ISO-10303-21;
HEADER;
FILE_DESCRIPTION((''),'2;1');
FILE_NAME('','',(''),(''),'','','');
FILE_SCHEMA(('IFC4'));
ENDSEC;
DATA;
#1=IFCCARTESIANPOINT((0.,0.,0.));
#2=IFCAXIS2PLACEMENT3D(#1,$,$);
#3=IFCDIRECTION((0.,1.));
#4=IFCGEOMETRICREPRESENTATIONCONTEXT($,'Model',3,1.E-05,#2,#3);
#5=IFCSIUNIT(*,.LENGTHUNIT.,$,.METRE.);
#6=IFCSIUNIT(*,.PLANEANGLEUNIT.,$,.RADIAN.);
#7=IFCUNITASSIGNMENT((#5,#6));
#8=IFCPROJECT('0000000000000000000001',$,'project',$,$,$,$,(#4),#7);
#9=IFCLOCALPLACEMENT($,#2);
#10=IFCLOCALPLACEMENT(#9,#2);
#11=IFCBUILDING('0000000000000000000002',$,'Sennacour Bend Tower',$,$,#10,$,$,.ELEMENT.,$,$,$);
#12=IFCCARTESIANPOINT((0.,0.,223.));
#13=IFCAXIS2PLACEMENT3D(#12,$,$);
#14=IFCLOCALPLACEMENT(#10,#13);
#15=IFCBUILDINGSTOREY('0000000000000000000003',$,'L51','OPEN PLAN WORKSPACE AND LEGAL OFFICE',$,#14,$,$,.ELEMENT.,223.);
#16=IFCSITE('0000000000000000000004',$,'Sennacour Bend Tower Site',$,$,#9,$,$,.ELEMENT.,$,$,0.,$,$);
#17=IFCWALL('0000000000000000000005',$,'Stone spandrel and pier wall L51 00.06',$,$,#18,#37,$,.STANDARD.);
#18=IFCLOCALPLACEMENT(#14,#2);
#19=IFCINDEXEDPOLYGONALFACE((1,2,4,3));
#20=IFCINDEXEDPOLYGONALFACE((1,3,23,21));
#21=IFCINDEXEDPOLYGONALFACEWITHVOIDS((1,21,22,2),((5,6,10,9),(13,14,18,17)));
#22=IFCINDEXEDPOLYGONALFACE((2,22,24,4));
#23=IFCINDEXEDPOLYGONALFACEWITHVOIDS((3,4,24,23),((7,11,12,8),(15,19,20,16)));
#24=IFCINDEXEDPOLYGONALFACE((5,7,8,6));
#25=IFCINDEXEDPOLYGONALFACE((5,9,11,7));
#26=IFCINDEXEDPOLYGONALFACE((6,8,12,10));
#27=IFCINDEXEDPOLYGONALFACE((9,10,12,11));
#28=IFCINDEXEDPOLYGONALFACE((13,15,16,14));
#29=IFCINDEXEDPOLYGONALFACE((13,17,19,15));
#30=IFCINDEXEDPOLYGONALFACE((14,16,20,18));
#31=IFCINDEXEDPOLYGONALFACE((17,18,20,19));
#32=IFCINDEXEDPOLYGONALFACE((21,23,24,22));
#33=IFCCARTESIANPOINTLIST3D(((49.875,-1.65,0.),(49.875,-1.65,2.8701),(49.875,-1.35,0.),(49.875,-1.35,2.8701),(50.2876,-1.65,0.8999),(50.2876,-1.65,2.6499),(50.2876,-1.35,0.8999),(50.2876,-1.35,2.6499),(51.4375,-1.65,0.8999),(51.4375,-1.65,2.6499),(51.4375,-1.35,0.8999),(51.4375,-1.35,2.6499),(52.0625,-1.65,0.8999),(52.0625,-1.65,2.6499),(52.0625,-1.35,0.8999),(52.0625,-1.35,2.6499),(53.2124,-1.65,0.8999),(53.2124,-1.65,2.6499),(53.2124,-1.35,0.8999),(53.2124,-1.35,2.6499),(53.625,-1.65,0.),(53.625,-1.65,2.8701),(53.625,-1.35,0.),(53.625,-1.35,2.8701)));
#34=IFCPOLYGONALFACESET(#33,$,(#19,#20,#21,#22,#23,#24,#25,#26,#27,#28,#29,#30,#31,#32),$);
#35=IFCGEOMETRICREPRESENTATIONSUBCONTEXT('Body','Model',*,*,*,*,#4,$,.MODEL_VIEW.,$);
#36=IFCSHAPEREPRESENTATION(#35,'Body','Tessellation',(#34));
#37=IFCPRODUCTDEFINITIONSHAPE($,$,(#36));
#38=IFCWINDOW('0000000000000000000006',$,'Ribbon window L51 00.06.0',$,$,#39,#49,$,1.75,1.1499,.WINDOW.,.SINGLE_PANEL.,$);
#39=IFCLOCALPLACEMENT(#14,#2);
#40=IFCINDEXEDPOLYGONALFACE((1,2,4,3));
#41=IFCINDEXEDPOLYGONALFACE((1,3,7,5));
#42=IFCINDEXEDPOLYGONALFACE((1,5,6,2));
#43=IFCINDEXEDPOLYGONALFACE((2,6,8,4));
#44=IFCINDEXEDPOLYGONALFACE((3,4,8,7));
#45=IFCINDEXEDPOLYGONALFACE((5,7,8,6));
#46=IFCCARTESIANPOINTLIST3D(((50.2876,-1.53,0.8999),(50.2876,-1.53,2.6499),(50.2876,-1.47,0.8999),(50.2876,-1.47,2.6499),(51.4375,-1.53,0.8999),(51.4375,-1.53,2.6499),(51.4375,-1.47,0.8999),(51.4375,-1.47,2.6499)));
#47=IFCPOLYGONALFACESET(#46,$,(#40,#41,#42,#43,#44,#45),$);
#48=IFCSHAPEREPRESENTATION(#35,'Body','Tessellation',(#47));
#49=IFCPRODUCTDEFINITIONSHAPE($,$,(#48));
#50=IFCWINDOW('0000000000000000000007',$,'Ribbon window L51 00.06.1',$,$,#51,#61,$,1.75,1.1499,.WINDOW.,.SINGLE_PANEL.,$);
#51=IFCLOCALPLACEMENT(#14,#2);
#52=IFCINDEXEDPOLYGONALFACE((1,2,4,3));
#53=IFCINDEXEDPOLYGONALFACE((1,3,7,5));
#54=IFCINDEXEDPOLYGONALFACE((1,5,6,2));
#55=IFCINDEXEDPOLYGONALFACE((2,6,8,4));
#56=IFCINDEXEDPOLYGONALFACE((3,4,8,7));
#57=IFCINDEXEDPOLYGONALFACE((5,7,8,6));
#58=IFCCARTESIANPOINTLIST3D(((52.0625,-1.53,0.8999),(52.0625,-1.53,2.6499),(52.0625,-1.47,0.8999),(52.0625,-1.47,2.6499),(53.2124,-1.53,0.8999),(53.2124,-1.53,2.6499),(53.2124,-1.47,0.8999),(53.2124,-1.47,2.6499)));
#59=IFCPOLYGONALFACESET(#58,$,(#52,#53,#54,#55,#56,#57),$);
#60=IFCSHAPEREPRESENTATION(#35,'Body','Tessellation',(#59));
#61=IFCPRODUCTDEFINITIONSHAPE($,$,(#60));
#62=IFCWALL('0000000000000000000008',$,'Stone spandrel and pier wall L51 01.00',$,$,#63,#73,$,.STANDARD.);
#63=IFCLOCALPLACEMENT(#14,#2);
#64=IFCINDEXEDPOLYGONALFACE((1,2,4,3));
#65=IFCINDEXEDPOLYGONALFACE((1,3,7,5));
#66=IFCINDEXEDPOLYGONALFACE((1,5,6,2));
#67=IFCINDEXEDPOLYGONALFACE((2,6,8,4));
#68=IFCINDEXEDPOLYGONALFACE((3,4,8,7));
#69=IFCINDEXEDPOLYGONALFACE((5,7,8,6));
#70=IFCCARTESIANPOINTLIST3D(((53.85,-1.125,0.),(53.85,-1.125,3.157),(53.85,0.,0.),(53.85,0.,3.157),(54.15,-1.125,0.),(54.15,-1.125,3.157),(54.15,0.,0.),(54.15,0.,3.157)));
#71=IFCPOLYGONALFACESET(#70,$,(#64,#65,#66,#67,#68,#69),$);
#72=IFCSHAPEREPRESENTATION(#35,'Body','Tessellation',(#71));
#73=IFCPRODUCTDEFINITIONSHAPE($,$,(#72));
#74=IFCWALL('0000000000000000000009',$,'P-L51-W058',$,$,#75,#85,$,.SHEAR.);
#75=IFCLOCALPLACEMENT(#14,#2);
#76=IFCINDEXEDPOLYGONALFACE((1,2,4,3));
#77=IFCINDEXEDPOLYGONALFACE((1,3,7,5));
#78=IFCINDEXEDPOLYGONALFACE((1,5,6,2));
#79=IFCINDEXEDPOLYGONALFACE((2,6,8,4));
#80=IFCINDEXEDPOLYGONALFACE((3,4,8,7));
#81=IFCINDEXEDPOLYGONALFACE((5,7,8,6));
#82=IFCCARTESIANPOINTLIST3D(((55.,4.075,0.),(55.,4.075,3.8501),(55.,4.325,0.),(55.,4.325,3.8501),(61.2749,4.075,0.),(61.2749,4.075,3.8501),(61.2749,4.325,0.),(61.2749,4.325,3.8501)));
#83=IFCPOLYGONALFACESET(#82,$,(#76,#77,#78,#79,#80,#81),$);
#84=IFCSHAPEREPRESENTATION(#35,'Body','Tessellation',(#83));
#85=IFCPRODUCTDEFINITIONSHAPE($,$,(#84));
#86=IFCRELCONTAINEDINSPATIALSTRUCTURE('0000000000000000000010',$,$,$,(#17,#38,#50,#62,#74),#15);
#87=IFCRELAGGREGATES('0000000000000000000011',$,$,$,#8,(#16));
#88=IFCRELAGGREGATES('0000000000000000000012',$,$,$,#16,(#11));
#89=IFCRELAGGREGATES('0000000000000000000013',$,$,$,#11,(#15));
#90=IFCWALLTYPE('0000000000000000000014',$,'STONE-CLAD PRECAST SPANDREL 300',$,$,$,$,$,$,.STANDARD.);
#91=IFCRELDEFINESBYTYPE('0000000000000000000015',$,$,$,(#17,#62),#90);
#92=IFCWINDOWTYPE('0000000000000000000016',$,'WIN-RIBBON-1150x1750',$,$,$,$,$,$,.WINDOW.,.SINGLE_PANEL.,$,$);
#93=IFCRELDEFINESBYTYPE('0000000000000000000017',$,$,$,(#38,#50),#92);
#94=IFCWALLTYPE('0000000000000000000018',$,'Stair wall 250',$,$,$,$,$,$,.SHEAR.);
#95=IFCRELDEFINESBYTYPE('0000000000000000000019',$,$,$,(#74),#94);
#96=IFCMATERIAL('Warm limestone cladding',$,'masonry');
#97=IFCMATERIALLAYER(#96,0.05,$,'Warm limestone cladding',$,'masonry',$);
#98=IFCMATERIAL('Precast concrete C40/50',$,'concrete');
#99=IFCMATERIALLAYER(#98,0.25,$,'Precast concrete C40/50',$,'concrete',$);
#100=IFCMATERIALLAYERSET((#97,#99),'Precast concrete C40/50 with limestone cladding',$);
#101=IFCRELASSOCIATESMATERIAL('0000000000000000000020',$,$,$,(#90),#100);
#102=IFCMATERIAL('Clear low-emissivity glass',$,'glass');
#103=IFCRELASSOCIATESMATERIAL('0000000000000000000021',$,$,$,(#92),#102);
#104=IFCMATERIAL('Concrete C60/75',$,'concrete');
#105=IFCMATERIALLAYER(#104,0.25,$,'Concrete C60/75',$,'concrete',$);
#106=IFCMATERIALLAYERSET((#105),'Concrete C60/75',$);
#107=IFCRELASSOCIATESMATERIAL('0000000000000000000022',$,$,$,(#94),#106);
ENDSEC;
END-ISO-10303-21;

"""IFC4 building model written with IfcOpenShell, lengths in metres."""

from ifc_helpers import new_model, si_unit, direction, frame, frame_2d, origin, place, context, subcontext, project, spatial, rectangle, extrude, material, layer, layer_set, type_object, element, fill, save


model = new_model("IFC4")

# Units and contexts
model_context = context("Model", 3, precision=1e-05, world=origin(), true_north=direction((0.0, 1.0)))
body_context = subcontext(model_context, "Body", "Model", "MODEL_VIEW")
ifc_project = project(units=[si_unit("LENGTHUNIT", "METRE"), si_unit("PLANEANGLEUNIT", "RADIAN")], contexts=[model_context])

# Site, building, storey
site_placement = place(None, origin())
site = spatial("IfcSite", under=ifc_project, at=site_placement, Name="Sennacour Bend Tower Site", CompositionType="ELEMENT", RefElevation=0.0)
building_placement = place(site_placement, origin())
building = spatial("IfcBuilding", under=site, at=building_placement, Name="Sennacour Bend Tower", CompositionType="ELEMENT")
storey_placement = place(building_placement, frame((0.0, 0.0, 223.0)))
storey = spatial("IfcBuildingStorey", under=building, at=storey_placement, Name="L51", Description="OPEN PLAN WORKSPACE AND LEGAL OFFICE", CompositionType="ELEMENT", Elevation=223.0)

# Shared definitions
ifc_material_1 = material(Name="Concrete C60/75", Category="concrete")

# Wall, openings, windows
ifc_material_2 = material(Name="Warm limestone cladding", Category="masonry")
ifc_layer_1 = layer(ifc_material_2, 0.05, Name="Warm limestone cladding", Category="masonry")
ifc_material_3 = material(Name="Precast concrete C40/50", Category="concrete")
ifc_layer_2 = layer(ifc_material_3, 0.25, Name="Precast concrete C40/50", Category="concrete")
ifc_layer_set_1 = layer_set([ifc_layer_1, ifc_layer_2], Name="Precast concrete C40/50 with limestone cladding")
wall_type_1 = type_object("IfcWallType", Name="STONE-CLAD PRECAST SPANDREL 300", PredefinedType="STANDARD", material=ifc_layer_set_1)
wall_1_placement = place(storey_placement, frame((49.875, -1.5, 0.0), z_axis=(0.0, 0.0, 1.0), x_axis=(1.0, 0.0, 0.0)))
wall_1 = element("IfcWall", 1, at=wall_1_placement, inside=storey, type_object=wall_type_1, Name="Stone spandrel and pier wall L51 00.06", PredefinedType="STANDARD", context=body_context, shape_type="SweptSolid", body=[
    extrude(rectangle(XDim=3.75, YDim=0.3, at=frame_2d((1.875, 0.0))), origin(), (0.0, 0.0, 1.0), 2.8701),
])
opening_1_placement = place(wall_1_placement, frame((0.4126, 0.0, 0.8999)))
opening_1 = element("IfcOpeningElement", 2, at=opening_1_placement, cuts=wall_1, PredefinedType="OPENING", context=body_context, shape_type="SweptSolid", body=[
    extrude(rectangle(XDim=1.1499, YDim=1.75, at=frame_2d((0.575, 0.875))), frame((0.0, 0.1602, 0.0), z_axis=(0.0, -1.0, 0.0), x_axis=(1.0, 0.0, 0.0)), (0.0, 0.0, 1.0), 0.3201),
])
opening_2_placement = place(wall_1_placement, frame((2.1875, 0.0, 0.8999)))
opening_2 = element("IfcOpeningElement", 3, at=opening_2_placement, cuts=wall_1, PredefinedType="OPENING", context=body_context, shape_type="SweptSolid", body=[
    extrude(rectangle(XDim=1.1499, YDim=1.75, at=frame_2d((0.575, 0.875))), frame((0.0, 0.1602, 0.0), z_axis=(0.0, -1.0, 0.0), x_axis=(1.0, 0.0, 0.0)), (0.0, 0.0, 1.0), 0.3201),
])
ifc_material_4 = material(Name="Clear low-emissivity glass", Category="glass")
window_type = type_object("IfcWindowType", Name="WIN-RIBBON-1150x1750", PartitioningType="SINGLE_PANEL", PredefinedType="WINDOW", material=ifc_material_4)
window_1_placement = place(opening_1_placement, origin())
window_1 = element("IfcWindow", 4, at=window_1_placement, inside=storey, type_object=window_type, Name="Ribbon window L51 00.06.0", OverallHeight=1.75, OverallWidth=1.1499, PartitioningType="SINGLE_PANEL", PredefinedType="WINDOW", context=body_context, shape_type="SweptSolid", body=[
    extrude(rectangle(XDim=1.1499, YDim=1.75, at=frame_2d((0.575, 0.875))), frame((0.0, 0.03, 0.0), z_axis=(0.0, -1.0, 0.0), x_axis=(1.0, 0.0, 0.0)), (0.0, 0.0, 1.0), 0.0601),
])
fill(opening_1, window_1)
window_2_placement = place(opening_2_placement, origin())
window_2 = element("IfcWindow", 5, at=window_2_placement, inside=storey, type_object=window_type, Name="Ribbon window L51 00.06.1", OverallHeight=1.75, OverallWidth=1.1499, PartitioningType="SINGLE_PANEL", PredefinedType="WINDOW", context=body_context, shape_type="SweptSolid", body=[
    extrude(rectangle(XDim=1.1499, YDim=1.75, at=frame_2d((0.575, 0.875))), frame((0.0, 0.03, 0.0), z_axis=(0.0, -1.0, 0.0), x_axis=(1.0, 0.0, 0.0)), (0.0, 0.0, 1.0), 0.0601),
])
fill(opening_2, window_2)

# Walls
wall_2_placement = place(storey_placement, frame((54.0, -1.125, 0.0), z_axis=(0.0, 0.0, 1.0), x_axis=(0.0, 1.0, 0.0)))
element("IfcWall", 6, at=wall_2_placement, inside=storey, type_object=wall_type_1, Name="Stone spandrel and pier wall L51 01.00", PredefinedType="STANDARD", context=body_context, shape_type="SweptSolid", body=[
    extrude(rectangle(XDim=1.125, YDim=0.3, at=frame_2d((0.5625, 0.0))), origin(), (0.0, 0.0, 1.0), 3.157),
])
ifc_layer_3 = layer(ifc_material_1, 0.25, Name="Concrete C60/75", Category="concrete")
ifc_layer_set_2 = layer_set([ifc_layer_3], Name="Concrete C60/75")
wall_type_2 = type_object("IfcWallType", Name="Stair wall 250", PredefinedType="SHEAR", material=ifc_layer_set_2)
wall_3_placement = place(storey_placement, frame((55.0, 4.2, 0.0), z_axis=(0.0, 0.0, 1.0), x_axis=(1.0, 0.0, 0.0)))
element("IfcWall", 7, at=wall_3_placement, inside=storey, type_object=wall_type_2, Name="P-L51-W058", PredefinedType="SHEAR", context=body_context, shape_type="SweptSolid", body=[
    extrude(rectangle(XDim=6.2749, YDim=0.25, at=frame_2d((3.1375, 0.0))), origin(), (0.0, 0.0, 1.0), 3.8501),
])

save(model, "model.ifc")
